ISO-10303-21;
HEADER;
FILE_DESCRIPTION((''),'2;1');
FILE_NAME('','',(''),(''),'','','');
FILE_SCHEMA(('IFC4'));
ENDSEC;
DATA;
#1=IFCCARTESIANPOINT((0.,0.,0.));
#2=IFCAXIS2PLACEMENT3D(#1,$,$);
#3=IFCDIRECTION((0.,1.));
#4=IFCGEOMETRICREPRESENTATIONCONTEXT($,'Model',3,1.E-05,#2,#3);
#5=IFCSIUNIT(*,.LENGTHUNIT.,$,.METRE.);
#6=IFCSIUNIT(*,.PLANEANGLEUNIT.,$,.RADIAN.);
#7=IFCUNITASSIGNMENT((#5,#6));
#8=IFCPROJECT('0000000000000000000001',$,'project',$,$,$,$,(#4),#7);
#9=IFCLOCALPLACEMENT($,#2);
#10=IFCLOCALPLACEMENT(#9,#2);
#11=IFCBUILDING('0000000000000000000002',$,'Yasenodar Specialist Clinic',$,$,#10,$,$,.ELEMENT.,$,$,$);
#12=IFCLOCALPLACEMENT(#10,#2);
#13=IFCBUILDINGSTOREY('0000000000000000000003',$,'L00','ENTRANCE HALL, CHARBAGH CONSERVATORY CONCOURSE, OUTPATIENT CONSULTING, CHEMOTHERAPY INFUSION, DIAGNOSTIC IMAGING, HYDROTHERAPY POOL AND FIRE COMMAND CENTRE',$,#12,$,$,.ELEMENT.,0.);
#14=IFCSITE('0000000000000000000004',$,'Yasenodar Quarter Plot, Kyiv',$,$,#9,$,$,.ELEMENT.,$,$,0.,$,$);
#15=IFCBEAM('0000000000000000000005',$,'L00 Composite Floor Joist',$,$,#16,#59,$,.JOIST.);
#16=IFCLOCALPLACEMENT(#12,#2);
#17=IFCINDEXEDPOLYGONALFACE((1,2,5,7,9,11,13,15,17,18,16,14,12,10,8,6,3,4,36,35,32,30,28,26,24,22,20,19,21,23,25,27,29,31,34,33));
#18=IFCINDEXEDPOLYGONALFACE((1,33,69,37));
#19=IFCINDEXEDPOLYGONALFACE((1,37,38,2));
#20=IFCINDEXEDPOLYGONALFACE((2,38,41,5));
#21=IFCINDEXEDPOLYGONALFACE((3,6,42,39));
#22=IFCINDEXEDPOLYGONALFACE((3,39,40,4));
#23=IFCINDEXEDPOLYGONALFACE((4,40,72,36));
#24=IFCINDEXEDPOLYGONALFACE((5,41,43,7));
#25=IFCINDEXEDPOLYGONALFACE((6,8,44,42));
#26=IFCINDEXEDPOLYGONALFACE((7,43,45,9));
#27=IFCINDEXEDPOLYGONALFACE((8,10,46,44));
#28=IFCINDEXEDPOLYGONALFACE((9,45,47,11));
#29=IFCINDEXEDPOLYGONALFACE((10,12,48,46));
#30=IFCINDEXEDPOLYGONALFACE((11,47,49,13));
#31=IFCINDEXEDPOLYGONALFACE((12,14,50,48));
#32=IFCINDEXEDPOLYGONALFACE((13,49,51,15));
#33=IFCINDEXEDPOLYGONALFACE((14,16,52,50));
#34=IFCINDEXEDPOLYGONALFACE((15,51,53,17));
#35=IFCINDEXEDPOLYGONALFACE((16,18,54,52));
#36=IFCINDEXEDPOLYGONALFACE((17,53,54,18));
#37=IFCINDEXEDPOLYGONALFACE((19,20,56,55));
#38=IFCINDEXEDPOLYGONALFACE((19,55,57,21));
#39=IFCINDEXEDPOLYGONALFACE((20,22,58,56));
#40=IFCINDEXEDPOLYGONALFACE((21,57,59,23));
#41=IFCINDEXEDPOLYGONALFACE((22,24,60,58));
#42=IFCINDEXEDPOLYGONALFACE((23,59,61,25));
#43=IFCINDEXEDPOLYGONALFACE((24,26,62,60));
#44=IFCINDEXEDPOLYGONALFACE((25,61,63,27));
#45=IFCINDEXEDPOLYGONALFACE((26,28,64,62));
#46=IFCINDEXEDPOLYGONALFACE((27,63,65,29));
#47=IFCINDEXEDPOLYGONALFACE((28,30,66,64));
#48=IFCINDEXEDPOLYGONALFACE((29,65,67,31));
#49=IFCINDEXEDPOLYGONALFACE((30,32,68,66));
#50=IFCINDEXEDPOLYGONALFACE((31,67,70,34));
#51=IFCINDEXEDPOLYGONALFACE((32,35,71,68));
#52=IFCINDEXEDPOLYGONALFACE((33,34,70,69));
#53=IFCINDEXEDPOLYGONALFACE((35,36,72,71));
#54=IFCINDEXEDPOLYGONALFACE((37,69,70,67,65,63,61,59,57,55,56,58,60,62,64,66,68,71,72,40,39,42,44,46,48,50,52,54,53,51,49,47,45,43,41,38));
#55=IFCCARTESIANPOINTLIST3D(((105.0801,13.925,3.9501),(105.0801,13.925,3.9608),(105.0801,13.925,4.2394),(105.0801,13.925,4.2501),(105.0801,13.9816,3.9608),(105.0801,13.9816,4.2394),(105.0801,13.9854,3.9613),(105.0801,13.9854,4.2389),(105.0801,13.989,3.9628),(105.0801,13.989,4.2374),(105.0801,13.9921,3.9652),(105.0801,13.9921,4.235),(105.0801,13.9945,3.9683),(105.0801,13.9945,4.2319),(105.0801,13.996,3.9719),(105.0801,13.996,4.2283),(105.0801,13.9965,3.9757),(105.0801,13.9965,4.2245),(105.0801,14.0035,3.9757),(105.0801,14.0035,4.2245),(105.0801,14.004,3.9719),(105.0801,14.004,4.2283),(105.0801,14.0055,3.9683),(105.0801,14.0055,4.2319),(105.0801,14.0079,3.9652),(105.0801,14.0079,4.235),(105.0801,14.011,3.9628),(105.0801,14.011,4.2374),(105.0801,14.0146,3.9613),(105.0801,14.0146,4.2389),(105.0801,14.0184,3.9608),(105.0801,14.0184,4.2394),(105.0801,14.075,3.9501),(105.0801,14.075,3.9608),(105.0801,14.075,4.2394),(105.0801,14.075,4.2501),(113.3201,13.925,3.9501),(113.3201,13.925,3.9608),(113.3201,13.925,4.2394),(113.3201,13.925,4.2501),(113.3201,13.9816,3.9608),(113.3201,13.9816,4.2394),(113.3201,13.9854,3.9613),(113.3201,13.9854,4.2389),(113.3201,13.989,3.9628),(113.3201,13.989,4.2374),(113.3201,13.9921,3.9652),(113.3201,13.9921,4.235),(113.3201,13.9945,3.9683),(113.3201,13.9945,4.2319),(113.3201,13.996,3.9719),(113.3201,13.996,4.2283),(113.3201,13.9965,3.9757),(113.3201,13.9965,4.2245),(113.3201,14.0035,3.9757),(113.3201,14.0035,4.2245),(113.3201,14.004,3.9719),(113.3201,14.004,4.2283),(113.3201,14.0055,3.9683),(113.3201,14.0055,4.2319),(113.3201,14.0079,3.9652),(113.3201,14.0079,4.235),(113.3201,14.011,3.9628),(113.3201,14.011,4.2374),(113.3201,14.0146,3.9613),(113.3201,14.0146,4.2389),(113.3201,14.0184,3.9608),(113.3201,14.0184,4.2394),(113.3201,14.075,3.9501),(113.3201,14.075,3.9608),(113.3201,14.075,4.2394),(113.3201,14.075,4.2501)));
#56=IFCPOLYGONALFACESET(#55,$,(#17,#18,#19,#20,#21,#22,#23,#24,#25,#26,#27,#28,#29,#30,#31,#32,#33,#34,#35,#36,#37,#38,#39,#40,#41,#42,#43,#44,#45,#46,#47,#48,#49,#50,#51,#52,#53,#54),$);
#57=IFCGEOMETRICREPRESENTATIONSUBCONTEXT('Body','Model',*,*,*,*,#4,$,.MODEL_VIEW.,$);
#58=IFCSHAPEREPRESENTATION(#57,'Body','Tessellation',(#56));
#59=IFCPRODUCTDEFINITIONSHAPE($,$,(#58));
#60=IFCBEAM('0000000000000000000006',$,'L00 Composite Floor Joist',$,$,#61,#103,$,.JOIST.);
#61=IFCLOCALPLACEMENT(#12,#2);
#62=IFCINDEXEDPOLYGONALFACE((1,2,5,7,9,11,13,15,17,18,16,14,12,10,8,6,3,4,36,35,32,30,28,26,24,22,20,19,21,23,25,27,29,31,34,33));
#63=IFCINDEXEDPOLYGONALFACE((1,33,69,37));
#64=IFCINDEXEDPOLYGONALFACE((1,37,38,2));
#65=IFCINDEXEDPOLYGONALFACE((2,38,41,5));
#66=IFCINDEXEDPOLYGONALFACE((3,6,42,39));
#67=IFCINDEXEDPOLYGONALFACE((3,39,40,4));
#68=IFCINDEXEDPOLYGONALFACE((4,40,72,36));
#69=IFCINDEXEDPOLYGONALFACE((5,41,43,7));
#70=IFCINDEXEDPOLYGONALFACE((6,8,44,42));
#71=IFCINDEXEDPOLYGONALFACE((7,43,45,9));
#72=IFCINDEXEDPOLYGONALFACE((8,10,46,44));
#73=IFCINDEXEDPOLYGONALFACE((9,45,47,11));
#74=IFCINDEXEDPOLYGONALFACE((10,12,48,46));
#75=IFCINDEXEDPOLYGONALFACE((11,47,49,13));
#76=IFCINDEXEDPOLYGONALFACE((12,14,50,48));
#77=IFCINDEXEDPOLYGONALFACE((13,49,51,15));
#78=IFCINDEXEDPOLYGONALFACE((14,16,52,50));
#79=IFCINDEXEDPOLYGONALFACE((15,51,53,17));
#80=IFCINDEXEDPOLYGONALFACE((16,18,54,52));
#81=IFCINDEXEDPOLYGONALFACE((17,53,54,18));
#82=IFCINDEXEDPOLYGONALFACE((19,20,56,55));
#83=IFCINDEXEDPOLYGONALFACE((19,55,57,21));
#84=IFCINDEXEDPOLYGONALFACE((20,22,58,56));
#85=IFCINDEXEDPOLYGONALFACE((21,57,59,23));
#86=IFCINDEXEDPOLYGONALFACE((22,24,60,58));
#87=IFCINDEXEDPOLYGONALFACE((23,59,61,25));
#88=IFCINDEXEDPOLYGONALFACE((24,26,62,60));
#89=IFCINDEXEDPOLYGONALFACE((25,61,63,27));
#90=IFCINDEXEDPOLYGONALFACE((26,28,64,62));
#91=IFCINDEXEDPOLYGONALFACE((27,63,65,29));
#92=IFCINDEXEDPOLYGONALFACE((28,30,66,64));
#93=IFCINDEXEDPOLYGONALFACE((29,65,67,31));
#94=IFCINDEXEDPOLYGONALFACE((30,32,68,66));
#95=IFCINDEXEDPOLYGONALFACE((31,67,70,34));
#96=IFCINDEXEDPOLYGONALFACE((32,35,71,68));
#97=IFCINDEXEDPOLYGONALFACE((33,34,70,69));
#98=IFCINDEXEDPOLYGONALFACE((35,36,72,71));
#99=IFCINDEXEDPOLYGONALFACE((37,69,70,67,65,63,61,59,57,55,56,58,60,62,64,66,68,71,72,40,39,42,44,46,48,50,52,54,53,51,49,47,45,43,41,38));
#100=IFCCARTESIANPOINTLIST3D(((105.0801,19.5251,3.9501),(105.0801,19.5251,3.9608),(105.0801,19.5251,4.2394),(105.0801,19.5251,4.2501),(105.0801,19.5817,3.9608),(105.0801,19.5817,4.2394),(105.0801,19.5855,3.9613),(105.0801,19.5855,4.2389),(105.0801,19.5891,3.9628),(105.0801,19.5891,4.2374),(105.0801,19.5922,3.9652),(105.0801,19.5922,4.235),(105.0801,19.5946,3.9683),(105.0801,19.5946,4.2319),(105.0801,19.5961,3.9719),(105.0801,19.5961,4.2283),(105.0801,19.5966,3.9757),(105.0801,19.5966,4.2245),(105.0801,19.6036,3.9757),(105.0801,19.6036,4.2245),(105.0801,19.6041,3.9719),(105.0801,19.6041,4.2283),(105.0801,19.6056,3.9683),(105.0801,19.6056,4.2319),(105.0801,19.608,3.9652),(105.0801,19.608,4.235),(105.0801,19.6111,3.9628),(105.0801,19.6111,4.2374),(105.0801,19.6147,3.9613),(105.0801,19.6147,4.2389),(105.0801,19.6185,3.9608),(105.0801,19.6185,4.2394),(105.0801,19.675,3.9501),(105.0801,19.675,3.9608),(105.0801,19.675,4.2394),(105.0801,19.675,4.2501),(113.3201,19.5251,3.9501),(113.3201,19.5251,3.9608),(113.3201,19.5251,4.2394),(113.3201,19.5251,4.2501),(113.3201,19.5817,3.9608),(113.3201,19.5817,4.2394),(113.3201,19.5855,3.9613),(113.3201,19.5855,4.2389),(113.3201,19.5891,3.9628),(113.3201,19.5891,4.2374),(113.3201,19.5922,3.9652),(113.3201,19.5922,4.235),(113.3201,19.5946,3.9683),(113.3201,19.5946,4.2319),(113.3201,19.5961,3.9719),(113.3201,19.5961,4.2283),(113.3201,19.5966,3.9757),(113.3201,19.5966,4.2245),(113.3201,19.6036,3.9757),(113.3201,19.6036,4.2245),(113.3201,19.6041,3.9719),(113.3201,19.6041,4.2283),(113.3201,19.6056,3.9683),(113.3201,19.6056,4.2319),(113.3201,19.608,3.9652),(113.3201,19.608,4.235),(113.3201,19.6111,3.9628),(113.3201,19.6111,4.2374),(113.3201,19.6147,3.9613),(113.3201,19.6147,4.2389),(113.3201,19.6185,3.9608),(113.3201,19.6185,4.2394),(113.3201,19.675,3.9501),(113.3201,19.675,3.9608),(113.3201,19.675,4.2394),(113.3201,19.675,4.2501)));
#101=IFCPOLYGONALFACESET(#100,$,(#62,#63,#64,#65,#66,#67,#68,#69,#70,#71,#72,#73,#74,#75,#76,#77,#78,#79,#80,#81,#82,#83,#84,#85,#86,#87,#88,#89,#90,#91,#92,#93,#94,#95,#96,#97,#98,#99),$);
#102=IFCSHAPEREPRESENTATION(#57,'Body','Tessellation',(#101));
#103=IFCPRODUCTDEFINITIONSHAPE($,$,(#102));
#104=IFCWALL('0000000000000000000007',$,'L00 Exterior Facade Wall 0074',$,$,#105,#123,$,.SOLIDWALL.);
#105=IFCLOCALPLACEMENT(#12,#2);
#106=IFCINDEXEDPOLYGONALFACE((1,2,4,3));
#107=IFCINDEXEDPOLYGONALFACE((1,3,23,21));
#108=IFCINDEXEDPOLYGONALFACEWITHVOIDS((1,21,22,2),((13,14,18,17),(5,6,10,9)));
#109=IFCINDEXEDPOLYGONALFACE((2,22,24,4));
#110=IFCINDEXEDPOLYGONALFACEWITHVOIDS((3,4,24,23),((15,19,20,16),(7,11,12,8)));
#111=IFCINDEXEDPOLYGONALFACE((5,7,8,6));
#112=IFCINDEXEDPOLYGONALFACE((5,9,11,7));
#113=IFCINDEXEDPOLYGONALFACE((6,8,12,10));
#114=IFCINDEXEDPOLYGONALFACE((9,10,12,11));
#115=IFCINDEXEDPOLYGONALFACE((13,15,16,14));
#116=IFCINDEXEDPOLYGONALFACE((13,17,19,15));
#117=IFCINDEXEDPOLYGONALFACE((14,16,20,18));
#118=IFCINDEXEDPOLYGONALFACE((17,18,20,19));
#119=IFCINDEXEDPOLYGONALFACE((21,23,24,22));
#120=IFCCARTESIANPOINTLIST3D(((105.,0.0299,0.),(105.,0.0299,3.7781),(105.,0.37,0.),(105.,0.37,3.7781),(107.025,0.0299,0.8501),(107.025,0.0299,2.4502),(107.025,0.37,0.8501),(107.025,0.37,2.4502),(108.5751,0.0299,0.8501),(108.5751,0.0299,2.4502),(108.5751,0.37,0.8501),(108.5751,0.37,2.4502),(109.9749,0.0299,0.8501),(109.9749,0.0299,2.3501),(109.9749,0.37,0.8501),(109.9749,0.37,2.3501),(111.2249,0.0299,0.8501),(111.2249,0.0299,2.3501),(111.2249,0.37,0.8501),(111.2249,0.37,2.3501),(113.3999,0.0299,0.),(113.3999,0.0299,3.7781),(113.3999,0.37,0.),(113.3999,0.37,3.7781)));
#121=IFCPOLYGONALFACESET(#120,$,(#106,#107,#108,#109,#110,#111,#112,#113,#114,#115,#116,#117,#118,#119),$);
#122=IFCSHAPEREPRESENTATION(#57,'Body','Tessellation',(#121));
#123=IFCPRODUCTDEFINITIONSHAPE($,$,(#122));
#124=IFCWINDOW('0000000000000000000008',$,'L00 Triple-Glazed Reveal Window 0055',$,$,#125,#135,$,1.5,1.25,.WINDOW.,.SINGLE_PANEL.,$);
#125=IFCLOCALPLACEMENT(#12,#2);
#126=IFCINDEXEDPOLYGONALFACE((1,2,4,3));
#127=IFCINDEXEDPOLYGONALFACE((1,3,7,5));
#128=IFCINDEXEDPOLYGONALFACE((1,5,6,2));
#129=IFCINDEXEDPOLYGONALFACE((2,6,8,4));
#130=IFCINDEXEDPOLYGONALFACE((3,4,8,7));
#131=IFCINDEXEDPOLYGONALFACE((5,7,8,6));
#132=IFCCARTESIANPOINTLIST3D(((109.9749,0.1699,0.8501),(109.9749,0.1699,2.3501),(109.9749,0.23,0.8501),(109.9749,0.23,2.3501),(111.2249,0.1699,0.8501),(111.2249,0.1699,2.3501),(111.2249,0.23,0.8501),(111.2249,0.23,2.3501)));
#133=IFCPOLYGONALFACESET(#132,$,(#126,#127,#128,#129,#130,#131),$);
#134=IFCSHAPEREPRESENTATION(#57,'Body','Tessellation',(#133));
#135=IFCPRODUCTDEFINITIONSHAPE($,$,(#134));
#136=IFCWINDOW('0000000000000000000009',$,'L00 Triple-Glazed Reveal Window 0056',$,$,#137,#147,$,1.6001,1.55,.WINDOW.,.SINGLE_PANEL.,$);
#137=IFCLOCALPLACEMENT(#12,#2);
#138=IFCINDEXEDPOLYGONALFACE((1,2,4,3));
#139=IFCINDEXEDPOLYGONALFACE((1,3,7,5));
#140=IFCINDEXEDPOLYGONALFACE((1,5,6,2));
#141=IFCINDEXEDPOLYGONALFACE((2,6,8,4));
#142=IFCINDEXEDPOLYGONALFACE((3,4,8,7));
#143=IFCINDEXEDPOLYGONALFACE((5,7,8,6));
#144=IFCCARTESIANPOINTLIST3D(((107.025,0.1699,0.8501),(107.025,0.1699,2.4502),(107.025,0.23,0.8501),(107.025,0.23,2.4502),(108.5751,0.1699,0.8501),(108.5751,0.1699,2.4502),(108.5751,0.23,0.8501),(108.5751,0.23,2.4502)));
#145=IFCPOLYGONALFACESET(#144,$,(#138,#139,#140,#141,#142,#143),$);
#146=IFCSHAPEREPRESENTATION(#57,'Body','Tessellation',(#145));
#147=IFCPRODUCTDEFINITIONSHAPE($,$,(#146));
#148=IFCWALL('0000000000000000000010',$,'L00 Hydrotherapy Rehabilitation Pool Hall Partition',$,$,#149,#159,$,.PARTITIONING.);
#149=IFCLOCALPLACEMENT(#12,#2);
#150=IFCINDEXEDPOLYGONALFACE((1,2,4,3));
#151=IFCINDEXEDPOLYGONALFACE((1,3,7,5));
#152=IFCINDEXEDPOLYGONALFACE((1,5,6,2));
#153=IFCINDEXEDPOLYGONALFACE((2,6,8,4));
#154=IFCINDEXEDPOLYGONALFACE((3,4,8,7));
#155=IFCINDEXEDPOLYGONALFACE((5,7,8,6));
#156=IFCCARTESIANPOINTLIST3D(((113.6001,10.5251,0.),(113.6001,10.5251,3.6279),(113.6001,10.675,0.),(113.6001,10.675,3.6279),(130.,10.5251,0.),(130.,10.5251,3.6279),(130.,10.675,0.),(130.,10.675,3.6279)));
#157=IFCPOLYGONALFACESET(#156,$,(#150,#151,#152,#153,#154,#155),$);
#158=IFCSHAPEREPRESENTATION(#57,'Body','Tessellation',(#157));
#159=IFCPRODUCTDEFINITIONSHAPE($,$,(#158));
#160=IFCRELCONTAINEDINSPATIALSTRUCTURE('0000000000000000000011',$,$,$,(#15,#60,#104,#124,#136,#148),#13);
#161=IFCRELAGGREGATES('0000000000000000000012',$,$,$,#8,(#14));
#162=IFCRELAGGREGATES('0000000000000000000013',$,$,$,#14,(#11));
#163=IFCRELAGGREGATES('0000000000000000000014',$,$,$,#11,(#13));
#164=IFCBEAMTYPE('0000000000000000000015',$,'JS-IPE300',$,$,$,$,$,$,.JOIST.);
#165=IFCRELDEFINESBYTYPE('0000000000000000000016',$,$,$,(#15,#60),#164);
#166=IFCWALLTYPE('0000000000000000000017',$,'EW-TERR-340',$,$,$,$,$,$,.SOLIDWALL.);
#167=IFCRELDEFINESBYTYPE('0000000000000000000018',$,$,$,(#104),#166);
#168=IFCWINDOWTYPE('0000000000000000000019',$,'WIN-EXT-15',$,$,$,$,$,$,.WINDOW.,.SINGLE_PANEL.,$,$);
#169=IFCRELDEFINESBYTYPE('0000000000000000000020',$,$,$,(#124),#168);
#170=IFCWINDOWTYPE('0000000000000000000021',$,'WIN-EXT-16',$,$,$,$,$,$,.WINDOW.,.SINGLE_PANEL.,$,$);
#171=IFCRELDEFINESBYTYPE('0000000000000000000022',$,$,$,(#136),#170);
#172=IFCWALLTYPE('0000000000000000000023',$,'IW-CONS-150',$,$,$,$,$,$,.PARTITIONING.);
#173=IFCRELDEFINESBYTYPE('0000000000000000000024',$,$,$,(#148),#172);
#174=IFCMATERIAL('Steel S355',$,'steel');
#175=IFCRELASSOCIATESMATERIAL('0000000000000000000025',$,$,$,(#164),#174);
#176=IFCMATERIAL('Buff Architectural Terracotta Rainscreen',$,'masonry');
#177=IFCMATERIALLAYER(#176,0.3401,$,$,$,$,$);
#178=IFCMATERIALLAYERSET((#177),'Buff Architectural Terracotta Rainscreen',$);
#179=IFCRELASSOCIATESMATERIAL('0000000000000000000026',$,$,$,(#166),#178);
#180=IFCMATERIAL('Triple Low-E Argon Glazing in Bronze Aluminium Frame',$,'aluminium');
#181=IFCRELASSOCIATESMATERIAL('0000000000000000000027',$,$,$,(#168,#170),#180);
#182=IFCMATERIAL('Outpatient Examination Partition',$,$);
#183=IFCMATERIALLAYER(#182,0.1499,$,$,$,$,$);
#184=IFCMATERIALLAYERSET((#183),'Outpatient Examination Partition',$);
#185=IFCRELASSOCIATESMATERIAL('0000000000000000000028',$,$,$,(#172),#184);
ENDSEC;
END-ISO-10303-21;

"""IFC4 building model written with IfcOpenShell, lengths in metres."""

from ifc_helpers import new_model, si_unit, direction, frame, frame_2d, origin, origin_2d, place, context, subcontext, project, spatial, rectangle, i_section, extrude, material, layer, layer_set, material_profile, profile_set, type_object, element, fill, save


model = new_model("IFC4")

# Units and contexts
model_context = context("Model", 3, precision=1e-05, world=origin(), true_north=direction((0.0, 1.0)))
body_context = subcontext(model_context, "Body", "Model", "MODEL_VIEW")
ifc_project = project(units=[si_unit("LENGTHUNIT", "METRE"), si_unit("PLANEANGLEUNIT", "RADIAN")], contexts=[model_context])

# Site, building, storey
site_placement = place(None, origin())
site = spatial("IfcSite", under=ifc_project, at=site_placement, Name="Yasenodar Quarter Plot, Kyiv", CompositionType="ELEMENT", RefElevation=0.0)
building_placement = place(site_placement, origin())
building = spatial("IfcBuilding", under=site, at=building_placement, Name="Yasenodar Specialist Clinic", CompositionType="ELEMENT")
storey_placement = place(building_placement, origin())
storey = spatial("IfcBuildingStorey", under=building, at=storey_placement, Name="L00", Description="ENTRANCE HALL, CHARBAGH CONSERVATORY CONCOURSE, OUTPATIENT CONSULTING, CHEMOTHERAPY INFUSION, DIAGNOSTIC IMAGING, HYDROTHERAPY POOL AND FIRE COMMAND CENTRE", CompositionType="ELEMENT", Elevation=0.0)

# Shared definitions
ifc_material_1 = material(Name="Steel S355", Category="steel")

# Beams
ifc_material_profile_1 = material_profile(ifc_material_1, i_section(OverallWidth=0.1499, OverallDepth=0.3, WebThickness=0.0071, FlangeThickness=0.0107, FilletRadius=0.0149, at=origin_2d()), Name="IPE 300")
ifc_profile_set_1 = profile_set([ifc_material_profile_1], Name="Steel S355")
beam_type_1 = type_object("IfcBeamType", Name="JS-IPE300", PredefinedType="JOIST", material=ifc_profile_set_1)
for number, where, z_axis, x_axis, name in (
    (1, (105.0801, 14.0, 4.1001), (1.0, 0.0, 0.0), (0.0, 1.0, 0.0), "L00 Composite Floor Joist"),
    (2, (105.0801, 19.6001, 4.1001), (1.0, 0.0, 0.0), (0.0, 1.0, 0.0), "L00 Composite Floor Joist"),
):
    element("IfcBeam", number, at=place(storey_placement, frame(where, z_axis=z_axis, x_axis=x_axis)), inside=storey, type_object=beam_type_1, Name=name, PredefinedType="JOIST", context=body_context, shape_type="SweptSolid", body=[
        extrude(i_section(OverallWidth=0.1499, OverallDepth=0.3, WebThickness=0.0071, FlangeThickness=0.0107, FilletRadius=0.0149, at=origin_2d()), origin(), (0.0, 0.0, 1.0), 8.24),
    ])

# Wall, openings, windows
ifc_material_2 = material(Name="Buff Architectural Terracotta Rainscreen", Category="masonry")
ifc_layer_1 = layer(ifc_material_2, 0.3401)
ifc_layer_set_1 = layer_set([ifc_layer_1], Name="Buff Architectural Terracotta Rainscreen")
wall_type_1 = type_object("IfcWallType", Name="EW-TERR-340", PredefinedType="SOLIDWALL", material=ifc_layer_set_1)
wall_1_placement = place(storey_placement, frame((113.3999, 0.2, 0.0), z_axis=(0.0, 0.0, 1.0), x_axis=(-1.0, 0.0, 0.0)))
wall_1 = element("IfcWall", 3, at=wall_1_placement, inside=storey, type_object=wall_type_1, Name="L00 Exterior Facade Wall 0074", PredefinedType="SOLIDWALL", context=body_context, shape_type="SweptSolid", body=[
    extrude(rectangle(XDim=8.3999, YDim=0.3401, at=frame_2d((4.2, 0.0))), origin(), (0.0, 0.0, 1.0), 3.7781),
])
opening_1_placement = place(wall_1_placement, frame((2.175, 0.0, 0.8501)))
opening_1 = element("IfcOpeningElement", 4, at=opening_1_placement, cuts=wall_1, PredefinedType="OPENING", context=body_context, shape_type="SweptSolid", body=[
    extrude(rectangle(XDim=1.25, YDim=1.5, at=frame_2d((0.625, 0.75))), frame((0.0, 0.1802, 0.0), z_axis=(0.0, -1.0, 0.0), x_axis=(1.0, 0.0, 0.0)), (0.0, 0.0, 1.0), 0.3601),
])
opening_2_placement = place(wall_1_placement, frame((4.825, 0.0, 0.8501)))
opening_2 = element("IfcOpeningElement", 5, at=opening_2_placement, cuts=wall_1, PredefinedType="OPENING", context=body_context, shape_type="SweptSolid", body=[
    extrude(rectangle(XDim=1.55, YDim=1.6001, at=frame_2d((0.7749, 0.8))), frame((0.0, 0.1802, 0.0), z_axis=(0.0, -1.0, 0.0), x_axis=(1.0, 0.0, 0.0)), (0.0, 0.0, 1.0), 0.3601),
])
ifc_material_3 = material(Name="Triple Low-E Argon Glazing in Bronze Aluminium Frame", Category="aluminium")
window_type_1 = type_object("IfcWindowType", Name="WIN-EXT-15", PartitioningType="SINGLE_PANEL", PredefinedType="WINDOW", material=ifc_material_3)
window_1_placement = place(opening_1_placement, origin())
window_1 = element("IfcWindow", 6, at=window_1_placement, inside=storey, type_object=window_type_1, Name="L00 Triple-Glazed Reveal Window 0055", OverallHeight=1.5, OverallWidth=1.25, PartitioningType="SINGLE_PANEL", PredefinedType="WINDOW", context=body_context, shape_type="SweptSolid", body=[
    extrude(rectangle(XDim=1.25, YDim=1.5, at=frame_2d((0.625, 0.75))), frame((0.0, 0.03, 0.0), z_axis=(0.0, -1.0, 0.0), x_axis=(1.0, 0.0, 0.0)), (0.0, 0.0, 1.0), 0.0601),
])
fill(opening_1, window_1)
window_type_2 = type_object("IfcWindowType", Name="WIN-EXT-16", PartitioningType="SINGLE_PANEL", PredefinedType="WINDOW", material=ifc_material_3)
window_2_placement = place(opening_2_placement, origin())
window_2 = element("IfcWindow", 7, at=window_2_placement, inside=storey, type_object=window_type_2, Name="L00 Triple-Glazed Reveal Window 0056", OverallHeight=1.6001, OverallWidth=1.55, PartitioningType="SINGLE_PANEL", PredefinedType="WINDOW", context=body_context, shape_type="SweptSolid", body=[
    extrude(rectangle(XDim=1.55, YDim=1.6001, at=frame_2d((0.7749, 0.8))), frame((0.0, 0.03, 0.0), z_axis=(0.0, -1.0, 0.0), x_axis=(1.0, 0.0, 0.0)), (0.0, 0.0, 1.0), 0.0601),
])
fill(opening_2, window_2)

# Wall
ifc_material_4 = material(Name="Outpatient Examination Partition")
ifc_layer_2 = layer(ifc_material_4, 0.1499)
ifc_layer_set_2 = layer_set([ifc_layer_2], Name="Outpatient Examination Partition")
wall_type_2 = type_object("IfcWallType", Name="IW-CONS-150", PredefinedType="PARTITIONING", material=ifc_layer_set_2)
wall_2_placement = place(storey_placement, frame((113.6001, 10.6001, 0.0), z_axis=(0.0, 0.0, 1.0), x_axis=(1.0, 0.0, 0.0)))
element("IfcWall", 8, at=wall_2_placement, inside=storey, type_object=wall_type_2, Name="L00 Hydrotherapy Rehabilitation Pool Hall Partition", PredefinedType="PARTITIONING", context=body_context, shape_type="SweptSolid", body=[
    extrude(rectangle(XDim=16.3999, YDim=0.1499, at=frame_2d((8.2, 0.0))), origin(), (0.0, 0.0, 1.0), 3.6279),
])

save(model, "model.ifc")
